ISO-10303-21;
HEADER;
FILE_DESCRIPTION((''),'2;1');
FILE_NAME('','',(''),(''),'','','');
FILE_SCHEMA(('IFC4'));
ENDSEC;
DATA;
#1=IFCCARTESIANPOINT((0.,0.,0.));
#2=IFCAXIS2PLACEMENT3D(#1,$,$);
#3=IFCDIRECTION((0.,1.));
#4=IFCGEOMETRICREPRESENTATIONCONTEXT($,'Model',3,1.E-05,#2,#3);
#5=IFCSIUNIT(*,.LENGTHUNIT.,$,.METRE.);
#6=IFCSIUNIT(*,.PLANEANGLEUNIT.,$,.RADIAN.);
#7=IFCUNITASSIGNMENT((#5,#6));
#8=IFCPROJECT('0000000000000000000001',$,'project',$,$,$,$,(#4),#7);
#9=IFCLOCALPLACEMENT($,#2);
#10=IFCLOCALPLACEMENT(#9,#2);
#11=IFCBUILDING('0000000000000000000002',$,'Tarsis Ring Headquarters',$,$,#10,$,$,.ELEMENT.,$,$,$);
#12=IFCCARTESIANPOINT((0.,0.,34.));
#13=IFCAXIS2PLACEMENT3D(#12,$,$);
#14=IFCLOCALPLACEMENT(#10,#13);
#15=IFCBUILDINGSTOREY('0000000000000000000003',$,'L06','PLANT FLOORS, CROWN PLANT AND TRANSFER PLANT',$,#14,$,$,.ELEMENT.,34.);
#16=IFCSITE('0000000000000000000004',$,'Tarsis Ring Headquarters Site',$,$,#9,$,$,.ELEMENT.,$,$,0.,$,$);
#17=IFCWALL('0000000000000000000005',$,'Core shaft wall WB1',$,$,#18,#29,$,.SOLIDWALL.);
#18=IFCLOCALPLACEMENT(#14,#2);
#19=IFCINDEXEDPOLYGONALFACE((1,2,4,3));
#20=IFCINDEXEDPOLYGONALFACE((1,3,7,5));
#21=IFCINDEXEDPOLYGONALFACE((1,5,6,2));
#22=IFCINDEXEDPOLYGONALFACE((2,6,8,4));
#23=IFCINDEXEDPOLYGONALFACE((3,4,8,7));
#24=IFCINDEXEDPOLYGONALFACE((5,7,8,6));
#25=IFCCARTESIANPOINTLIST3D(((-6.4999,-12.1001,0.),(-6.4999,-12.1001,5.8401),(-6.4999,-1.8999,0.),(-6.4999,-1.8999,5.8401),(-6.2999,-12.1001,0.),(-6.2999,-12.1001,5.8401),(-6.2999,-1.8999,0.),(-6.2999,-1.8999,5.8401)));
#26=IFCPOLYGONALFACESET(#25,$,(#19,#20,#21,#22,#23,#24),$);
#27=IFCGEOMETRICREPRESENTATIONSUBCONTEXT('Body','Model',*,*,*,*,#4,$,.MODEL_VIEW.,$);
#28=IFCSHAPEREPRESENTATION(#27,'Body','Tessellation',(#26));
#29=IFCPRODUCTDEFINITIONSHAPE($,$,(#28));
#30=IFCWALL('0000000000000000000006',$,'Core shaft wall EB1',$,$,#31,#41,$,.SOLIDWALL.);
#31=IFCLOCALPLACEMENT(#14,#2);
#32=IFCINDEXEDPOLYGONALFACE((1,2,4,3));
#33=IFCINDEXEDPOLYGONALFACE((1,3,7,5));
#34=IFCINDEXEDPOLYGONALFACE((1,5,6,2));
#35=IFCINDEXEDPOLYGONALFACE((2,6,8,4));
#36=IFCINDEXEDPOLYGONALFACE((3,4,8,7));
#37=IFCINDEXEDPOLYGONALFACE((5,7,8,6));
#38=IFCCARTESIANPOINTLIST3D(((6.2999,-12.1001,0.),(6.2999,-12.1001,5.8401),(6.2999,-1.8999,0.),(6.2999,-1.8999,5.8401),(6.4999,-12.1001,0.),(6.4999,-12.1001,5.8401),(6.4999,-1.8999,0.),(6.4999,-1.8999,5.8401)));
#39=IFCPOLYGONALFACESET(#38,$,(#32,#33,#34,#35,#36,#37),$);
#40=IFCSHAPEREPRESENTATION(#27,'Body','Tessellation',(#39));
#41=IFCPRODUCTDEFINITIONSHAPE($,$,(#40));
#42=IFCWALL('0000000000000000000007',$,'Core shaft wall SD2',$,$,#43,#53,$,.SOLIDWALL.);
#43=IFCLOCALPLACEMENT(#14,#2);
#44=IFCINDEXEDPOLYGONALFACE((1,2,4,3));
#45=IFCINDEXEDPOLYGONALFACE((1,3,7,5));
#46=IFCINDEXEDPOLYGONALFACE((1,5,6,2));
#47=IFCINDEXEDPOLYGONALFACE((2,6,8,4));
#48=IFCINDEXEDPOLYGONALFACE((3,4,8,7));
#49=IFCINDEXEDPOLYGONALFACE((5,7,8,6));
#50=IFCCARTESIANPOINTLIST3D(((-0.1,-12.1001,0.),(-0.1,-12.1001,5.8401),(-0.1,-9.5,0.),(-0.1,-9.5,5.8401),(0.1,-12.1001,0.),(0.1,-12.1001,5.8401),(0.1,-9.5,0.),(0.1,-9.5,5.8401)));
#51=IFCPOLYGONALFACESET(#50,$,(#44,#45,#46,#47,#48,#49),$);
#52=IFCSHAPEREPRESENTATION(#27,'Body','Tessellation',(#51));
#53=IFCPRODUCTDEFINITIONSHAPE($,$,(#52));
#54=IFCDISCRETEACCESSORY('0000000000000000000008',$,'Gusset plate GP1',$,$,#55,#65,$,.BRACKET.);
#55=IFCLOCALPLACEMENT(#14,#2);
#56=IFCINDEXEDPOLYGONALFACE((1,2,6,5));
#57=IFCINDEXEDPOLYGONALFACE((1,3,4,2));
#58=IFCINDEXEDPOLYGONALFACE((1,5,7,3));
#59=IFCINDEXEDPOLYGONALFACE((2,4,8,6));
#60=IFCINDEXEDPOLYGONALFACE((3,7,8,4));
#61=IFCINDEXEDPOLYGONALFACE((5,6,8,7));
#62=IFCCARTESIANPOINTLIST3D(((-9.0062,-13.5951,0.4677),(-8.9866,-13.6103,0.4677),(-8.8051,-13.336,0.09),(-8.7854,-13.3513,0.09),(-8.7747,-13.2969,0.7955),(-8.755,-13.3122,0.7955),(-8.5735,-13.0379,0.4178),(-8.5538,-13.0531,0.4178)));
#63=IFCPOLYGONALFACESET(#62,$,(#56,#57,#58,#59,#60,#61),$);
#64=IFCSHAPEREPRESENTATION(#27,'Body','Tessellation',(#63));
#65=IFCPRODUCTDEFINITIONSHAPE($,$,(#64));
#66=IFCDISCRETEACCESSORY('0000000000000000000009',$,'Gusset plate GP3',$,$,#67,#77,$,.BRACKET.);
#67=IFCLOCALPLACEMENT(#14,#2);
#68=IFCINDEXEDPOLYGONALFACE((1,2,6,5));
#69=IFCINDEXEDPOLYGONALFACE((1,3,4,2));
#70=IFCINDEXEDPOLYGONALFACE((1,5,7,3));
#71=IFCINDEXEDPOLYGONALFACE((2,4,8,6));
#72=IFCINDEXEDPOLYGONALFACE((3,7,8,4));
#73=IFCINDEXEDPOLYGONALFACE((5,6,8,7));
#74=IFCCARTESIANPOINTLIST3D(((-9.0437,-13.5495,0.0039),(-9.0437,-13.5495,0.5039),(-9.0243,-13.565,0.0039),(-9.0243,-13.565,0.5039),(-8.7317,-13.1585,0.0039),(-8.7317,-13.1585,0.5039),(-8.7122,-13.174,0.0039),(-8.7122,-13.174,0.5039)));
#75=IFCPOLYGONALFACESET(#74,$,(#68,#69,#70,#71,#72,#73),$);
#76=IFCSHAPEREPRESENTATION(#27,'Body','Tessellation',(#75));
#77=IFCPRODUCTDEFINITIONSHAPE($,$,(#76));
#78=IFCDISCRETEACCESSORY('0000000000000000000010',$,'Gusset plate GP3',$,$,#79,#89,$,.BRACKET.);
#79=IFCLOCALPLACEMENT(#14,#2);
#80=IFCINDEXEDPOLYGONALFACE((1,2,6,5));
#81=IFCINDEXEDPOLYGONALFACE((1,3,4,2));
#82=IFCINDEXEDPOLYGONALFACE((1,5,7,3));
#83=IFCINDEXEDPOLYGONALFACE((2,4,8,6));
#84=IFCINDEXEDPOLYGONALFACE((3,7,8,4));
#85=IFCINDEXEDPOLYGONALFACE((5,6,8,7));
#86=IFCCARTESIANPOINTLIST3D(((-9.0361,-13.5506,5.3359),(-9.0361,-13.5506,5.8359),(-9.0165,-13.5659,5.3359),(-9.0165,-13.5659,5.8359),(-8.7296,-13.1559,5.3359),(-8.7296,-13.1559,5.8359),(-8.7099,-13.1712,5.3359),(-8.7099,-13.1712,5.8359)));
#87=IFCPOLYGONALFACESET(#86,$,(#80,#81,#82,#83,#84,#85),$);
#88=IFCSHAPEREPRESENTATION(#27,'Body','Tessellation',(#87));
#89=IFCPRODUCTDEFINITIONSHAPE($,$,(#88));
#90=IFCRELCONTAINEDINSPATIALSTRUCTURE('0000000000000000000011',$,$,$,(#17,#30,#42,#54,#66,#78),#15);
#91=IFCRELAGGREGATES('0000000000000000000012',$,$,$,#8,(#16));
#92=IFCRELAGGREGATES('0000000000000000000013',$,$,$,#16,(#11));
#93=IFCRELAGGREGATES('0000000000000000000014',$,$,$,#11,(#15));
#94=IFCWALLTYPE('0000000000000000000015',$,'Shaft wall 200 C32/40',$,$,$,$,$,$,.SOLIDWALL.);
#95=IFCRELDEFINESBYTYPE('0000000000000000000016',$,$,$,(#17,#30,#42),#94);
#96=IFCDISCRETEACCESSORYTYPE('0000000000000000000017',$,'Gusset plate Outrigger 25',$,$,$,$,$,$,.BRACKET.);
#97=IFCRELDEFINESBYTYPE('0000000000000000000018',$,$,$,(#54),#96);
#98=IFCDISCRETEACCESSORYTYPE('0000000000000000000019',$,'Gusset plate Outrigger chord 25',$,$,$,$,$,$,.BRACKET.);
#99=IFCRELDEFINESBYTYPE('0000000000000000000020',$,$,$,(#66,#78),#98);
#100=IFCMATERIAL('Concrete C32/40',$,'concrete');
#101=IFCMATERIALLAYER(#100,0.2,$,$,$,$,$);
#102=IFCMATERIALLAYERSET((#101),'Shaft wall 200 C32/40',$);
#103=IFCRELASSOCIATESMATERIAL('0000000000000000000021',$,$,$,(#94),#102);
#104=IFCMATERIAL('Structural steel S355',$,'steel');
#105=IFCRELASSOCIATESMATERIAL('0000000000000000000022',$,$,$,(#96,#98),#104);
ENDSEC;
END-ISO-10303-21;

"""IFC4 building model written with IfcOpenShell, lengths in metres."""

from ifc_helpers import new_model, si_unit, direction, frame, frame_2d, origin, origin_2d, place, context, subcontext, project, spatial, rectangle, extrude, material, layer, layer_set, material_profile, profile_set, type_object, element, save


model = new_model("IFC4")

# Units and contexts
model_context = context("Model", 3, precision=1e-05, world=origin(), true_north=direction((0.0, 1.0)))
body_context = subcontext(model_context, "Body", "Model", "MODEL_VIEW")
ifc_project = project(units=[si_unit("LENGTHUNIT", "METRE"), si_unit("PLANEANGLEUNIT", "RADIAN")], contexts=[model_context])

# Site, building, storey
site_placement = place(None, origin())
site = spatial("IfcSite", under=ifc_project, at=site_placement, Name="Tarsis Ring Headquarters Site", CompositionType="ELEMENT", RefElevation=0.0)
building_placement = place(site_placement, origin())
building = spatial("IfcBuilding", under=site, at=building_placement, Name="Tarsis Ring Headquarters", CompositionType="ELEMENT")
storey_placement = place(building_placement, frame((0.0, 0.0, 34.0)))
storey = spatial("IfcBuildingStorey", under=building, at=storey_placement, Name="L06", Description="PLANT FLOORS, CROWN PLANT AND TRANSFER PLANT", CompositionType="ELEMENT", Elevation=34.0)

# Shared definitions
ifc_material_1 = material(Name="Structural steel S355", Category="steel")

# Walls
ifc_material_2 = material(Name="Concrete C32/40", Category="concrete")
ifc_layer_1 = layer(ifc_material_2, 0.2)
ifc_layer_set_1 = layer_set([ifc_layer_1], Name="Shaft wall 200 C32/40")
wall_type_1 = type_object("IfcWallType", Name="Shaft wall 200 C32/40", PredefinedType="SOLIDWALL", material=ifc_layer_set_1)
for number, where, z_axis, x_axis, name in (
    (1, (-6.3999, -12.1001, 0.0), (0.0, 0.0, 1.0), (0.0, 1.0, 0.0), "Core shaft wall WB1"),
    (2, (6.3999, -12.1001, 0.0), (0.0, 0.0, 1.0), (0.0, 1.0, 0.0), "Core shaft wall EB1"),
):
    element("IfcWall", number, at=place(storey_placement, frame(where, z_axis=z_axis, x_axis=x_axis)), inside=storey, type_object=wall_type_1, Name=name, PredefinedType="SOLIDWALL", context=body_context, shape_type="SweptSolid", body=[
        extrude(rectangle(XDim=10.2002, YDim=0.2, at=frame_2d((5.1001, 0.0))), origin(), (0.0, 0.0, 1.0), 5.8401),
    ])
wall_1_placement = place(storey_placement, frame((0.0, -12.1001, 0.0), z_axis=(0.0, 0.0, 1.0), x_axis=(0.0, 1.0, 0.0)))
element("IfcWall", 3, at=wall_1_placement, inside=storey, type_object=wall_type_1, Name="Core shaft wall SD2", PredefinedType="SOLIDWALL", context=body_context, shape_type="SweptSolid", body=[
    extrude(rectangle(XDim=2.6001, YDim=0.2, at=frame_2d((1.3, 0.0))), origin(), (0.0, 0.0, 1.0), 5.8401),
])

# Discrete accessories
ifc_material_profile_1 = material_profile(ifc_material_1, rectangle(XDim=0.0249, YDim=0.5, at=origin_2d()), Name="PL 25x500")
ifc_profile_set_1 = profile_set([ifc_material_profile_1], Name="Structural steel S355")
discrete_accessory_type_1 = type_object("IfcDiscreteAccessoryType", Name="Gusset plate Outrigger 25", PredefinedType="BRACKET", material=ifc_profile_set_1)
discrete_accessory_1_placement = place(storey_placement, frame((-8.6794, -13.1946, 0.2539), z_axis=(-0.402171, -0.517844, 0.755047), x_axis=(0.789793, -0.613374, 0.0)))
element("IfcDiscreteAccessory", 4, at=discrete_accessory_1_placement, inside=storey, type_object=discrete_accessory_type_1, Name="Gusset plate GP1", PredefinedType="BRACKET", context=body_context, shape_type="SweptSolid", body=[
    extrude(rectangle(XDim=0.0249, YDim=0.5, at=origin_2d()), origin(), (0.0, 0.0, 1.0), 0.5002),
])
discrete_accessory_type_2 = type_object("IfcDiscreteAccessoryType", Name="Gusset plate Outrigger chord 25", PredefinedType="BRACKET", material=ifc_profile_set_1)
discrete_accessory_2_placement = place(storey_placement, frame((-8.7219, -13.1663, 0.2539), z_axis=(-0.623861, -0.781535, 0.0), x_axis=(0.781535, -0.623861, 0.0)))
element("IfcDiscreteAccessory", 5, at=discrete_accessory_2_placement, inside=storey, type_object=discrete_accessory_type_2, Name="Gusset plate GP3", PredefinedType="BRACKET", context=body_context, shape_type="SweptSolid", body=[
    extrude(rectangle(XDim=0.0249, YDim=0.5, at=origin_2d()), origin(), (0.0, 0.0, 1.0), 0.5002),
])
discrete_accessory_3_placement = place(storey_placement, frame((-8.7197, -13.1636, 5.5859), z_axis=(-0.613433, -0.789747, 0.0), x_axis=(0.789747, -0.613433, 0.0)))
element("IfcDiscreteAccessory", 6, at=discrete_accessory_3_placement, inside=storey, type_object=discrete_accessory_type_2, Name="Gusset plate GP3", PredefinedType="BRACKET", context=body_context, shape_type="SweptSolid", body=[
    extrude(rectangle(XDim=0.0249, YDim=0.5, at=origin_2d()), origin(), (0.0, 0.0, 1.0), 0.4998),
])

save(model, "model.ifc")
